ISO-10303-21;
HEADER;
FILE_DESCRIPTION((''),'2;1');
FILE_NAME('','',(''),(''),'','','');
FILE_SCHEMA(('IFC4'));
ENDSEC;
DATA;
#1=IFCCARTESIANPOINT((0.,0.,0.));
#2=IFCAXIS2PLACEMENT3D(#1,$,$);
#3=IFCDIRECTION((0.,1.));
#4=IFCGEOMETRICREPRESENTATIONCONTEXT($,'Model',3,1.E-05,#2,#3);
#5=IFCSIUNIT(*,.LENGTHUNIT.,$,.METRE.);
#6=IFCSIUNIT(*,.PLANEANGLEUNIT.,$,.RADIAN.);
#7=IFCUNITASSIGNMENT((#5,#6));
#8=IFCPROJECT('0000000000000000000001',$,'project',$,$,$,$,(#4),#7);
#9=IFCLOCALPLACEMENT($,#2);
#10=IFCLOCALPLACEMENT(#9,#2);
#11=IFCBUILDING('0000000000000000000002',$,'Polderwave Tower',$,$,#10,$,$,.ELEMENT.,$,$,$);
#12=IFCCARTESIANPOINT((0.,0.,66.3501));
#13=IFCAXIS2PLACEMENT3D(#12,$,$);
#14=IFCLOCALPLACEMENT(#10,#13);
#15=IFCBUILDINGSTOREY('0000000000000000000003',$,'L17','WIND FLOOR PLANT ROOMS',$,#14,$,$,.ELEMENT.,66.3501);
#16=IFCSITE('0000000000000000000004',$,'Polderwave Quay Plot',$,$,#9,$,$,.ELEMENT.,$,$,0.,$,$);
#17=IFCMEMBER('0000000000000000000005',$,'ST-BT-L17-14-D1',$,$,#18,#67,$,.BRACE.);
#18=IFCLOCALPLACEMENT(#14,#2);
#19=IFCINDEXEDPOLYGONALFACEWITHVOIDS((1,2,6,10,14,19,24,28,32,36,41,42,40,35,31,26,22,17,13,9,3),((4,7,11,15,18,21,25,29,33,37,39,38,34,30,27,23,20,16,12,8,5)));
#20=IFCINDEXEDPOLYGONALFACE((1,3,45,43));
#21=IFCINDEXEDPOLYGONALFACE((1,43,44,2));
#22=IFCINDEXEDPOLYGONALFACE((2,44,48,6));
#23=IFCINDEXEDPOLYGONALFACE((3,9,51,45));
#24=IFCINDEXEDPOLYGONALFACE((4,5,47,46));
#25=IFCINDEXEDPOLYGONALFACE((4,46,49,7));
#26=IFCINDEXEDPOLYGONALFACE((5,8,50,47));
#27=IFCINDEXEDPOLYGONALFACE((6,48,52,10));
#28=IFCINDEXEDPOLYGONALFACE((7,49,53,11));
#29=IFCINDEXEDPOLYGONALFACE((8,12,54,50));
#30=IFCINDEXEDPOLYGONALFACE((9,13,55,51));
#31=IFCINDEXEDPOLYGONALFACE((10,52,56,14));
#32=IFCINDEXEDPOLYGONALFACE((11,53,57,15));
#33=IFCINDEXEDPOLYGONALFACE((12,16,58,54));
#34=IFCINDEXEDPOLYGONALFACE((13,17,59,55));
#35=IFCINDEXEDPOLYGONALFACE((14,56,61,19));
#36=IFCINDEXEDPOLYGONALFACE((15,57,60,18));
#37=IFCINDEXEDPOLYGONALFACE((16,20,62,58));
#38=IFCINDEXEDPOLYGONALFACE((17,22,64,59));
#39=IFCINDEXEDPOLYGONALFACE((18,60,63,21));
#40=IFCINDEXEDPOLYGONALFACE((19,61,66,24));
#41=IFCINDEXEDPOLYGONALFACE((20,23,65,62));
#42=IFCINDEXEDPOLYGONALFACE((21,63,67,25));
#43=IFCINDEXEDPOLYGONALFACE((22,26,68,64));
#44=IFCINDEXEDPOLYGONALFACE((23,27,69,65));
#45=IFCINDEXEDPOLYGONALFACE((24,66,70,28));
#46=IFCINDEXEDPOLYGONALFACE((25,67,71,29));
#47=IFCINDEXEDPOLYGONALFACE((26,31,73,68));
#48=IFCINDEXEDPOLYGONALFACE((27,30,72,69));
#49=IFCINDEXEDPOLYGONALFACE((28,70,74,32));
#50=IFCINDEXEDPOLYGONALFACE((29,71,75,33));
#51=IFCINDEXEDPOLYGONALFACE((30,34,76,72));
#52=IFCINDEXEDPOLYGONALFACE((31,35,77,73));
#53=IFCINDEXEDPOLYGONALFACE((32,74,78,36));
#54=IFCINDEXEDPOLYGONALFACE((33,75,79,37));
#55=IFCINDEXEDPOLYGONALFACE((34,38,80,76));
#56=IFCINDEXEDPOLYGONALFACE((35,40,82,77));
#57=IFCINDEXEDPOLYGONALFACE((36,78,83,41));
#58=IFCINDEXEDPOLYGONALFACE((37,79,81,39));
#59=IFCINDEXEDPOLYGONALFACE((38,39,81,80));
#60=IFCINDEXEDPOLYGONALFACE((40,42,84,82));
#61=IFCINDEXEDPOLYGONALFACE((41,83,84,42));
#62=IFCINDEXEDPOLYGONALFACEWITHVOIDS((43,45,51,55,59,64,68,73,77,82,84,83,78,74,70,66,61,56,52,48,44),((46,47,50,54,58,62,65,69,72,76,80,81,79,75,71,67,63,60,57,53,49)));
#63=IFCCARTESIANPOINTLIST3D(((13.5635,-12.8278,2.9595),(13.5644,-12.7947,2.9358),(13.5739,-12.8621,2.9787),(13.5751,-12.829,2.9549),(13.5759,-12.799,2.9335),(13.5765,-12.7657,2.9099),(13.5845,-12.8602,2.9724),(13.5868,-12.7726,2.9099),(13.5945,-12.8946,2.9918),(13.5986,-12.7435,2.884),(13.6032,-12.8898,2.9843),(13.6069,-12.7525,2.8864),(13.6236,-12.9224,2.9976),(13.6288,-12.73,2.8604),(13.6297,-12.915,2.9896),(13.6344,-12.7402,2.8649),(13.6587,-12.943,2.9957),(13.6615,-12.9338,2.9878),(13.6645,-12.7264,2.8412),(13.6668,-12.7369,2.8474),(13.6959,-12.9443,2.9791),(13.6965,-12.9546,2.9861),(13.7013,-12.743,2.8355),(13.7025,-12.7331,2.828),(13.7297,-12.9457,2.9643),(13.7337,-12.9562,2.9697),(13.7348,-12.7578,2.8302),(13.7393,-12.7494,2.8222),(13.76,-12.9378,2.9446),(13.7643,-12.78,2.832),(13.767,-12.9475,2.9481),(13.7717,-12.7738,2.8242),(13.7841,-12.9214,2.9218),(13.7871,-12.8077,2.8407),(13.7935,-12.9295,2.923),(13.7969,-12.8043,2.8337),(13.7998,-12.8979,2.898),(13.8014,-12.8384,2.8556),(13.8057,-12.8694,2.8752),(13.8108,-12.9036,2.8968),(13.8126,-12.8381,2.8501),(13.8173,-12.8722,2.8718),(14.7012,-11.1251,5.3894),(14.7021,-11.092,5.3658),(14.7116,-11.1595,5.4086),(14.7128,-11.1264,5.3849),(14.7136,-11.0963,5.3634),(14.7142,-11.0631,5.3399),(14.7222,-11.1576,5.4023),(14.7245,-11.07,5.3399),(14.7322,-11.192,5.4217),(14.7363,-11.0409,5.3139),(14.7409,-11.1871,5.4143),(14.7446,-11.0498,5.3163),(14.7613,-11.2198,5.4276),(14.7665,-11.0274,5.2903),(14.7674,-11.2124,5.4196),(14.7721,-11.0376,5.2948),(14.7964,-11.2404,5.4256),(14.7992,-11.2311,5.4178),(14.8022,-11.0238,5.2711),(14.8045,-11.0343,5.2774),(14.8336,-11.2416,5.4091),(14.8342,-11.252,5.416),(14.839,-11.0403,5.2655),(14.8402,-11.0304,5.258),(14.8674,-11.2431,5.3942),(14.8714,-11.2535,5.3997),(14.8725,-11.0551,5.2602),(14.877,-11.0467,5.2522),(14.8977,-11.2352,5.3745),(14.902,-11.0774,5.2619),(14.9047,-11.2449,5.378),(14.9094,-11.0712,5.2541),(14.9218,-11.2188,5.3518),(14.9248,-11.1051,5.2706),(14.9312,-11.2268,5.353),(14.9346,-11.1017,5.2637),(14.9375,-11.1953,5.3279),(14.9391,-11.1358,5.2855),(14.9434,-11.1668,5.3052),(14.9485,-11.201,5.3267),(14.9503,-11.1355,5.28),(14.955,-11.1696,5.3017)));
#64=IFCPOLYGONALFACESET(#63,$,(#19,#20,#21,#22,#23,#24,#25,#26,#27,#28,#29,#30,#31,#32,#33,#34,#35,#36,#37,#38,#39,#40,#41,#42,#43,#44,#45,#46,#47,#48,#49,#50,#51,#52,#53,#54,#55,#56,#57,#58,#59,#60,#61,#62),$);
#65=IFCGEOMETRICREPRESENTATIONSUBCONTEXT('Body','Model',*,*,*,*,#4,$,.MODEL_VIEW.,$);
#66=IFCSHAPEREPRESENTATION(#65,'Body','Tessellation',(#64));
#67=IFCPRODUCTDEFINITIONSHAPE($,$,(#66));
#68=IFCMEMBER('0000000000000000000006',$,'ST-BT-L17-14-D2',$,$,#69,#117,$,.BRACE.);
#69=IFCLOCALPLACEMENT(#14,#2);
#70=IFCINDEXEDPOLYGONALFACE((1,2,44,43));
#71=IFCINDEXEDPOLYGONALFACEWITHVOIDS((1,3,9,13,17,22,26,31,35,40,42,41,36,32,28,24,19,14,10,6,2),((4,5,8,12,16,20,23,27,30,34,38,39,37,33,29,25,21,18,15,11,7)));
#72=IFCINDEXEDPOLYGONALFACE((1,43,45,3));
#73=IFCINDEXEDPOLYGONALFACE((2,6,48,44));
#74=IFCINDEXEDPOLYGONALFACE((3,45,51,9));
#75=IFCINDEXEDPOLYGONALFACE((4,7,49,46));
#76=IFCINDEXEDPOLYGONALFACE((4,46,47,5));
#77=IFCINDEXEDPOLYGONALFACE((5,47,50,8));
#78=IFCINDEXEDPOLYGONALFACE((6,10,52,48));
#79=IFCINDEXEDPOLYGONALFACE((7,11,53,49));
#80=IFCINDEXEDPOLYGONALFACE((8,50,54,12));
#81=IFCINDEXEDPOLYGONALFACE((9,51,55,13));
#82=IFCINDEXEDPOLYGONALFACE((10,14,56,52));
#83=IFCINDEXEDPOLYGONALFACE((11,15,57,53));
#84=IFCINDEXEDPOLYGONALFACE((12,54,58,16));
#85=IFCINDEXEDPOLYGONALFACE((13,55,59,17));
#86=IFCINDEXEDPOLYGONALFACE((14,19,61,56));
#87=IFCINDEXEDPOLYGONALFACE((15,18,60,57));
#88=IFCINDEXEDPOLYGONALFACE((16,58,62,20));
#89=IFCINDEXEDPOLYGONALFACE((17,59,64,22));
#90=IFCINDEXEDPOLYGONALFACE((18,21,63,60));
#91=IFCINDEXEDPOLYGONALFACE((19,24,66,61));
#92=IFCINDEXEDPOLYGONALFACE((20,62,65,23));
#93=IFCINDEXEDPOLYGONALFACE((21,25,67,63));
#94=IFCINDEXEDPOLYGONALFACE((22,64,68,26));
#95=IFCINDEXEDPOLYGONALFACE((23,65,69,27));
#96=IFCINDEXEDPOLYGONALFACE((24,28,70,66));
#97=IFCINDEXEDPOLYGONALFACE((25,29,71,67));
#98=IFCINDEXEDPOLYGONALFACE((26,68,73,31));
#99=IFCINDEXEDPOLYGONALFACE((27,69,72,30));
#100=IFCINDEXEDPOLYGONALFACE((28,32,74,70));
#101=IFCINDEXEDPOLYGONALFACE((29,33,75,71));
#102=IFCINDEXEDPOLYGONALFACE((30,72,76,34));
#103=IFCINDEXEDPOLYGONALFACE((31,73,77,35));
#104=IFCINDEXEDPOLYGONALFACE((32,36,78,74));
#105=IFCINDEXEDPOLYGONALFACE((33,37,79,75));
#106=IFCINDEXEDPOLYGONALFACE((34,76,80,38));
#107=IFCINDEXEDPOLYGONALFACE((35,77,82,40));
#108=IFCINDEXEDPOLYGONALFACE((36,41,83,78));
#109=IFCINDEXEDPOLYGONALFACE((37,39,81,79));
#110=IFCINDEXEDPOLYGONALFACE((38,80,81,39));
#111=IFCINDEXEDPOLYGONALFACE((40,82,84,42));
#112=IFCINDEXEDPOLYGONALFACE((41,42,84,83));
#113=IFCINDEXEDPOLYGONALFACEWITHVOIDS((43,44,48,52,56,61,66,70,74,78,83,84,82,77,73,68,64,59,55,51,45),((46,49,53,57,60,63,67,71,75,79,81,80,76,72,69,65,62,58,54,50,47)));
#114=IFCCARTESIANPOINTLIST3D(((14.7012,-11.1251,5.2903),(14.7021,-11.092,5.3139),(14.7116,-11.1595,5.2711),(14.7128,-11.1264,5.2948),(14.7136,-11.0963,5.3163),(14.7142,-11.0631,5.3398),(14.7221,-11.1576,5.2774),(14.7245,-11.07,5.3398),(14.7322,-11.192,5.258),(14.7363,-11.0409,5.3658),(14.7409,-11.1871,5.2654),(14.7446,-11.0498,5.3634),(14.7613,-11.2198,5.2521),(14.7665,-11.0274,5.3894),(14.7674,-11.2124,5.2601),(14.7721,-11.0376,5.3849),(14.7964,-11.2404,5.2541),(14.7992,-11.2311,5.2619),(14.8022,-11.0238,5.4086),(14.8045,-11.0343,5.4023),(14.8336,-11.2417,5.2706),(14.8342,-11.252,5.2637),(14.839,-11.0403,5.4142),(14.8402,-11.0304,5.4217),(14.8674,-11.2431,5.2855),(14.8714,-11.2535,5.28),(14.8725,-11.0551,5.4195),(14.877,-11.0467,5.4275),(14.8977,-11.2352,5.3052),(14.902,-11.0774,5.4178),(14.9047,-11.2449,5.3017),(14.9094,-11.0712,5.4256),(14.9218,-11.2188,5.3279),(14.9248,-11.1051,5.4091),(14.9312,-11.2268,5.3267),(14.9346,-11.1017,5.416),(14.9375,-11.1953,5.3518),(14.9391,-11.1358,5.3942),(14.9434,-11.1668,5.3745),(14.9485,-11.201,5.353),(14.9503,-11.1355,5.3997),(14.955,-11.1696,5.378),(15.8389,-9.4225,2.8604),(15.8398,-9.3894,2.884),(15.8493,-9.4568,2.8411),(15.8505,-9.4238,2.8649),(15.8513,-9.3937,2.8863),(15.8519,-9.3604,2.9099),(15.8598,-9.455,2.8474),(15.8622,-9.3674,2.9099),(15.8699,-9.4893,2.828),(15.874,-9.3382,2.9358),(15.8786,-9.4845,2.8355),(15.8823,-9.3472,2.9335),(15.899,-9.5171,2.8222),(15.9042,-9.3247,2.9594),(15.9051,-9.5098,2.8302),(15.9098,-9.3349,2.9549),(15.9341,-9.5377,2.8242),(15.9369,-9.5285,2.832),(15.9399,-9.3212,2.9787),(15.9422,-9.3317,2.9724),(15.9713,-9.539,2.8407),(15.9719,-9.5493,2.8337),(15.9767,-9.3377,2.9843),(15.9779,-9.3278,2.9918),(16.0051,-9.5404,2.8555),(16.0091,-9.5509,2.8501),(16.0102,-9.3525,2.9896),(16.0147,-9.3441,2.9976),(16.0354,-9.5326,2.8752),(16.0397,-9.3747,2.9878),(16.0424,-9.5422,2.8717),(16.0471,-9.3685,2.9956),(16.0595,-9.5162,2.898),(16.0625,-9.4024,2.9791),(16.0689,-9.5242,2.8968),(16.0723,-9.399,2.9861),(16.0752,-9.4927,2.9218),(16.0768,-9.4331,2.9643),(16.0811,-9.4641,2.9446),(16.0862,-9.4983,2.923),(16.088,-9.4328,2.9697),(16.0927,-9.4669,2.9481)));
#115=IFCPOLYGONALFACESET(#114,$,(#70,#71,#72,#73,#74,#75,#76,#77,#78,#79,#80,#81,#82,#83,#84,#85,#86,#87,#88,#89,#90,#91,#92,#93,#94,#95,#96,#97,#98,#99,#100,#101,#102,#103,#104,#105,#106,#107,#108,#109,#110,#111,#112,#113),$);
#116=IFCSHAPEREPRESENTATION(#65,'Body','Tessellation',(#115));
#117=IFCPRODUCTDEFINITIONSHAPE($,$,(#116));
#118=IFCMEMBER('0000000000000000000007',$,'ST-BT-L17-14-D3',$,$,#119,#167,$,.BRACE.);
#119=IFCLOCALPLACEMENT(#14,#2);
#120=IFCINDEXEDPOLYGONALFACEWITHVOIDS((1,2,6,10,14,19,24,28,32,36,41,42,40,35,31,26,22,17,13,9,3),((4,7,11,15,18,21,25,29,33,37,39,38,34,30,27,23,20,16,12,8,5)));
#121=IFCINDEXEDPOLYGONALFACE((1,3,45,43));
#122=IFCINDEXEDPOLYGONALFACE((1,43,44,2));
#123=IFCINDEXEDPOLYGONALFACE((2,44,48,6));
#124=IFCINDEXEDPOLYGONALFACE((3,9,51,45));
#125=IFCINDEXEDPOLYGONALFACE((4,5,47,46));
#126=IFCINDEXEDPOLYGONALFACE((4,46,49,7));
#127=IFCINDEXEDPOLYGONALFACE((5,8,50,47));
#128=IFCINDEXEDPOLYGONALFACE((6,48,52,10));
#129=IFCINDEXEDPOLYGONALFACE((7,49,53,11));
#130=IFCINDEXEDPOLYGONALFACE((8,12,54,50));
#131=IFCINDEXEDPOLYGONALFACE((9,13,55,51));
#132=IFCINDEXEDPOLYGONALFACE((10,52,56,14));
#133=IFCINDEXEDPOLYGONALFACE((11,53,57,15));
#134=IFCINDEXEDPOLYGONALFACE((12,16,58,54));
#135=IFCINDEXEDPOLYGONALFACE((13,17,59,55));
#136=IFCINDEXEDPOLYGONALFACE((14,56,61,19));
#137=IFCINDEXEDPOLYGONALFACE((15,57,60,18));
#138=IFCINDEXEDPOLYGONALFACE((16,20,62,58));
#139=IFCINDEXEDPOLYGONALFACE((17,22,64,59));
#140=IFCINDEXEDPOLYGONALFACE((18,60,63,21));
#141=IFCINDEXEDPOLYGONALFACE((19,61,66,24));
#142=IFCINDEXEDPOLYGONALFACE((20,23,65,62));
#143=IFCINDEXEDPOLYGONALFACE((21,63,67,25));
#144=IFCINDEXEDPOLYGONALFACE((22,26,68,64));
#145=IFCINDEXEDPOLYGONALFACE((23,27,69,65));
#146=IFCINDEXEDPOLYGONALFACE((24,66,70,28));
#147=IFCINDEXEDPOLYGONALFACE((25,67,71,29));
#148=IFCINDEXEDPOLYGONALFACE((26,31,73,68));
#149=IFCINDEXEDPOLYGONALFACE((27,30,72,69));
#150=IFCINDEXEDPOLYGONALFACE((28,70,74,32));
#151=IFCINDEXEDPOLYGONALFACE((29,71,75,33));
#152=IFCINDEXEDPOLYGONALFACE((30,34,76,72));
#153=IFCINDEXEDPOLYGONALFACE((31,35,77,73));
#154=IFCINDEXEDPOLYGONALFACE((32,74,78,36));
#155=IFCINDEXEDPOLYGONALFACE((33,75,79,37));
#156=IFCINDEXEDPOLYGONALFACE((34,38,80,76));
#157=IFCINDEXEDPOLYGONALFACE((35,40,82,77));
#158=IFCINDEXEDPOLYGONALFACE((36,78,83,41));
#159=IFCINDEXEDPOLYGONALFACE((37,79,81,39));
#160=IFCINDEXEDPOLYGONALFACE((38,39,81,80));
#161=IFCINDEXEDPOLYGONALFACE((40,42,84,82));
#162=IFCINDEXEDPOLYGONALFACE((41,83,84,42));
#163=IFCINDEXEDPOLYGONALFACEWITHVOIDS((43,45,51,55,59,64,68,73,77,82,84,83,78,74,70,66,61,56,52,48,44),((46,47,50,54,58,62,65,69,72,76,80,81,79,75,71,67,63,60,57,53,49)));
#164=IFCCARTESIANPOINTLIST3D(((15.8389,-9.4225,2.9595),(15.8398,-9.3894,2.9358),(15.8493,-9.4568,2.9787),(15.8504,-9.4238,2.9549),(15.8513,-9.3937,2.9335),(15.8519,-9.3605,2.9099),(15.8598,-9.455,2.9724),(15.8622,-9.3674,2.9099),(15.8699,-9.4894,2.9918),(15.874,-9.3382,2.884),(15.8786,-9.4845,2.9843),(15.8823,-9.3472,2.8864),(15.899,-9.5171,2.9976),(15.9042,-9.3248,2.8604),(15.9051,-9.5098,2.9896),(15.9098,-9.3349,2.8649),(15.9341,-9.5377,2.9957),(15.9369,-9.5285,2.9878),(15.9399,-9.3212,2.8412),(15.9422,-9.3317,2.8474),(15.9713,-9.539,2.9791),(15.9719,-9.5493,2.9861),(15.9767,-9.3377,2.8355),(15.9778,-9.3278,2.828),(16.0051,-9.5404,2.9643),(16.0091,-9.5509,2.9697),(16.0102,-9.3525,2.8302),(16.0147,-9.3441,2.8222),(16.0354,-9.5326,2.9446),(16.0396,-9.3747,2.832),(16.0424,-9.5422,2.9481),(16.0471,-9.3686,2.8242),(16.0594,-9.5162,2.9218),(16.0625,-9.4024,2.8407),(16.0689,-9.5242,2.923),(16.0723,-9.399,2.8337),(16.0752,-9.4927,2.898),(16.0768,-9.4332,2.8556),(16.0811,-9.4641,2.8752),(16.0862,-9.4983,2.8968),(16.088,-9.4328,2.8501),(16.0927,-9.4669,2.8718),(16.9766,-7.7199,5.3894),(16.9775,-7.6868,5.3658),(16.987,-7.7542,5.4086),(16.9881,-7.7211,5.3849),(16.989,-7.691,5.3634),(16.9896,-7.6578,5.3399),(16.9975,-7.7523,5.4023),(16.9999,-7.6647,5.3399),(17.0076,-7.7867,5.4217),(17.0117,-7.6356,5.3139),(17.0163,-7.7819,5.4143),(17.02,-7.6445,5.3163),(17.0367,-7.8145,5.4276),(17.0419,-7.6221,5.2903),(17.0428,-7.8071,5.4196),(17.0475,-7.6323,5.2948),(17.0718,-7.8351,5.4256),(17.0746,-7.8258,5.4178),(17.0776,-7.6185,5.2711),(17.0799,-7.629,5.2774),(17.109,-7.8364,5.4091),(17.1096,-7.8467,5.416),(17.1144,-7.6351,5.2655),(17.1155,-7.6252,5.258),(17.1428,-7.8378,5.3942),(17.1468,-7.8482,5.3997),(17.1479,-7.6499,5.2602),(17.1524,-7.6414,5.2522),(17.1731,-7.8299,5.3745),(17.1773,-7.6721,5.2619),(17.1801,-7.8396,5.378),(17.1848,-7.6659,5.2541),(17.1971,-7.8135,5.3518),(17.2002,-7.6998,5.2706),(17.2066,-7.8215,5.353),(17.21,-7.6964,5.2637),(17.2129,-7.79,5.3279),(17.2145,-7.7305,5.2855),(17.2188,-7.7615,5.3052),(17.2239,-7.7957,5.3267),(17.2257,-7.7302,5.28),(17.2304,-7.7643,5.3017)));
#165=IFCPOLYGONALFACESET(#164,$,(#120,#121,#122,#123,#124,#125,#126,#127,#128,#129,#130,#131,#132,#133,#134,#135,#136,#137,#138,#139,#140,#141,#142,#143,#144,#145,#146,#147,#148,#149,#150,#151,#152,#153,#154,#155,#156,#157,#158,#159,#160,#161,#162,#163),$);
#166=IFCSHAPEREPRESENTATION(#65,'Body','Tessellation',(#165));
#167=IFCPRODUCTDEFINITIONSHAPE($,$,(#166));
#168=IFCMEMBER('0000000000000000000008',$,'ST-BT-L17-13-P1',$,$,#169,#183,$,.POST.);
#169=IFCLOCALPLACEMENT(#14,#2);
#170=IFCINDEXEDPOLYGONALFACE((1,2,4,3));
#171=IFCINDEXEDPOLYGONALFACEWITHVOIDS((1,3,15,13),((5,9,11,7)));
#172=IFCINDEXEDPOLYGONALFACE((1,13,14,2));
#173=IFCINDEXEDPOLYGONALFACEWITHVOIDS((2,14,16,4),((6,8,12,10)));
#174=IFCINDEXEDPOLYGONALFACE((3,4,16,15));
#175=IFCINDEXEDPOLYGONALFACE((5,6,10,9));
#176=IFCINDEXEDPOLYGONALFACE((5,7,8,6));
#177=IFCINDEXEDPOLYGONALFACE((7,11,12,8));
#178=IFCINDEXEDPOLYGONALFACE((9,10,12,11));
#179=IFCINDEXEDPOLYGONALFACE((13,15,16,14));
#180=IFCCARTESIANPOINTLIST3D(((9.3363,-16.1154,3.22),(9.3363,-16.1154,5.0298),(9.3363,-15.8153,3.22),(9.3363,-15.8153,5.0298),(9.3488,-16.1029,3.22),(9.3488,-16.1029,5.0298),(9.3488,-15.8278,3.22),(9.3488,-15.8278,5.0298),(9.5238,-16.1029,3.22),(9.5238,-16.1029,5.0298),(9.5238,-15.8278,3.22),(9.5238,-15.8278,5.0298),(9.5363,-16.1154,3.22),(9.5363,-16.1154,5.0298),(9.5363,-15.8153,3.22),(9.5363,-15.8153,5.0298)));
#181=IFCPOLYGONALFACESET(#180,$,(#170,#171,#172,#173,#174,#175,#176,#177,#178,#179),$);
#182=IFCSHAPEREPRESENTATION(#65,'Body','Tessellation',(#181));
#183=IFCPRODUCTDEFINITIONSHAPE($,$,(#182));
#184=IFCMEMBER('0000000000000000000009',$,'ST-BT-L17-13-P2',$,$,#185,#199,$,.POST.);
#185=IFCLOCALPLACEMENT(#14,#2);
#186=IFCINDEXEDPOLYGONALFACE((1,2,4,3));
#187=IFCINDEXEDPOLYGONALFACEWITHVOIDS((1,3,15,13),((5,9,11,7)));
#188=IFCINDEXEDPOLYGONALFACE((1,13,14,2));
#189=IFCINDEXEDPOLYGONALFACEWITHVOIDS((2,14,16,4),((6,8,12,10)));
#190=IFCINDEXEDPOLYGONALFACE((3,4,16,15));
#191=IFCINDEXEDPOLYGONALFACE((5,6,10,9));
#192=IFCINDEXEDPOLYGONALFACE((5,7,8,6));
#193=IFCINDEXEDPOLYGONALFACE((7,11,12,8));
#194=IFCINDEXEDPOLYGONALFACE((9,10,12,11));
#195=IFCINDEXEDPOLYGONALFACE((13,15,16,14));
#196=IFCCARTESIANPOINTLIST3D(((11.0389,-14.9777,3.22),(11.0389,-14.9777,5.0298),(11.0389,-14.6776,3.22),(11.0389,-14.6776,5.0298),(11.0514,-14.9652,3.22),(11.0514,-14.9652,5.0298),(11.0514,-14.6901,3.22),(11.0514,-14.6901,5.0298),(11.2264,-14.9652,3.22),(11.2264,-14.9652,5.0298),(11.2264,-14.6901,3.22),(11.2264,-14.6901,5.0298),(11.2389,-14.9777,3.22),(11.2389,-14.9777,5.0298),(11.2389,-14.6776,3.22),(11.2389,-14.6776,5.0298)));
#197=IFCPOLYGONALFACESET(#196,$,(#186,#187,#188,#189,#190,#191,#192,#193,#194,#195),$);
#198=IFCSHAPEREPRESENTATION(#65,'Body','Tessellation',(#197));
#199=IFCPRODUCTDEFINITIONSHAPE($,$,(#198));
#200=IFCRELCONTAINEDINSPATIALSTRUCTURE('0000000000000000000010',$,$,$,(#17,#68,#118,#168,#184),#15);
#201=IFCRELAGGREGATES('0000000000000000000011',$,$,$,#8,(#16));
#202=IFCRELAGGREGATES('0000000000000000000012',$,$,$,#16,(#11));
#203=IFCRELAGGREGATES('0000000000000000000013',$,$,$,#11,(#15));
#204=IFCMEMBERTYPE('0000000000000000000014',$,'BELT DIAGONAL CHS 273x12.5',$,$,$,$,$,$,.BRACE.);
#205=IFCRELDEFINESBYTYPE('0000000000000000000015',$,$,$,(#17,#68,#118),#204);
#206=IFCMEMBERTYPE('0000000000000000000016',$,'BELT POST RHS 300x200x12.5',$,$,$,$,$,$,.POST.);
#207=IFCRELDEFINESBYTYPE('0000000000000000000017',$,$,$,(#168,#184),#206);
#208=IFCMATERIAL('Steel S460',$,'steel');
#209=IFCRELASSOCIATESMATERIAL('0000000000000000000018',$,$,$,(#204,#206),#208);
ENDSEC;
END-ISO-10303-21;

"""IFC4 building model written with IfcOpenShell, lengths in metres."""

from ifc_helpers import new_model, si_unit, direction, frame, origin, origin_2d, place, context, subcontext, project, spatial, hollow_rectangle, hollow_circle, extrude, material, material_profile, profile_set, type_object, element, save


model = new_model("IFC4")

# Units and contexts
model_context = context("Model", 3, precision=1e-05, world=origin(), true_north=direction((0.0, 1.0)))
body_context = subcontext(model_context, "Body", "Model", "MODEL_VIEW")
ifc_project = project(units=[si_unit("LENGTHUNIT", "METRE"), si_unit("PLANEANGLEUNIT", "RADIAN")], contexts=[model_context])

# Site, building, storey
site_placement = place(None, origin())
site = spatial("IfcSite", under=ifc_project, at=site_placement, Name="Polderwave Quay Plot", CompositionType="ELEMENT", RefElevation=0.0)
building_placement = place(site_placement, origin())
building = spatial("IfcBuilding", under=site, at=building_placement, Name="Polderwave Tower", CompositionType="ELEMENT")
storey_placement = place(building_placement, frame((0.0, 0.0, 66.3501)))
storey = spatial("IfcBuildingStorey", under=building, at=storey_placement, Name="L17", Description="WIND FLOOR PLANT ROOMS", CompositionType="ELEMENT", Elevation=66.3501)

# Members
ifc_material_1 = material(Name="Steel S460", Category="steel")
ifc_material_profile_1 = material_profile(ifc_material_1, hollow_circle(Radius=0.1365, WallThickness=0.0125, at=origin_2d()), Name="CHS 273x12.5")
ifc_profile_set_1 = profile_set([ifc_material_profile_1], Name="Steel S460")
member_type_1 = type_object("IfcMemberType", Name="BELT DIAGONAL CHS 273x12.5", PredefinedType="BRACE", material=ifc_profile_set_1)
for number, where, z_axis, x_axis, name in (
    (1, (13.6899, -12.8416, 2.9099), (0.358023, 0.535805, 0.764678), (-0.831463, 0.55558, 0.0), "ST-BT-L17-14-D1"),
    (2, (14.8276, -11.1389, 5.3398), (0.358023, 0.535805, -0.764678), (-0.831463, 0.55558, 0.0), "ST-BT-L17-14-D2"),
    (3, (15.9653, -9.4363, 2.9099), (0.358023, 0.535805, 0.764678), (-0.831463, 0.55558, 0.0), "ST-BT-L17-14-D3"),
):
    element("IfcMember", number, at=place(storey_placement, frame(where, z_axis=z_axis, x_axis=x_axis)), inside=storey, type_object=member_type_1, Name=name, PredefinedType="BRACE", context=body_context, shape_type="SweptSolid", body=[
        extrude(hollow_circle(Radius=0.1365, WallThickness=0.0125, at=origin_2d()), origin(), (0.0, 0.0, 1.0), 3.1777),
    ])
ifc_material_profile_2 = material_profile(ifc_material_1, hollow_rectangle(XDim=0.2, YDim=0.3, WallThickness=0.0125, at=origin_2d()), Name="RHS 300x200x12.5")
ifc_profile_set_2 = profile_set([ifc_material_profile_2], Name="Steel S460")
member_type_2 = type_object("IfcMemberType", Name="BELT POST RHS 300x200x12.5", PredefinedType="POST", material=ifc_profile_set_2)
for number, where, z_axis, x_axis, name in (
    (4, (9.4363, -15.9653, 3.22), (0.0, 0.0, 1.0), (1.0, 0.0, 0.0), "ST-BT-L17-13-P1"),
    (5, (11.1389, -14.8276, 3.22), (0.0, 0.0, 1.0), (1.0, 0.0, 0.0), "ST-BT-L17-13-P2"),
):
    element("IfcMember", number, at=place(storey_placement, frame(where, z_axis=z_axis, x_axis=x_axis)), inside=storey, type_object=member_type_2, Name=name, PredefinedType="POST", context=body_context, shape_type="SweptSolid", body=[
        extrude(hollow_rectangle(XDim=0.2, YDim=0.3, WallThickness=0.0125, at=origin_2d()), origin(), (0.0, 0.0, 1.0), 1.8098),
    ])

save(model, "model.ifc")
